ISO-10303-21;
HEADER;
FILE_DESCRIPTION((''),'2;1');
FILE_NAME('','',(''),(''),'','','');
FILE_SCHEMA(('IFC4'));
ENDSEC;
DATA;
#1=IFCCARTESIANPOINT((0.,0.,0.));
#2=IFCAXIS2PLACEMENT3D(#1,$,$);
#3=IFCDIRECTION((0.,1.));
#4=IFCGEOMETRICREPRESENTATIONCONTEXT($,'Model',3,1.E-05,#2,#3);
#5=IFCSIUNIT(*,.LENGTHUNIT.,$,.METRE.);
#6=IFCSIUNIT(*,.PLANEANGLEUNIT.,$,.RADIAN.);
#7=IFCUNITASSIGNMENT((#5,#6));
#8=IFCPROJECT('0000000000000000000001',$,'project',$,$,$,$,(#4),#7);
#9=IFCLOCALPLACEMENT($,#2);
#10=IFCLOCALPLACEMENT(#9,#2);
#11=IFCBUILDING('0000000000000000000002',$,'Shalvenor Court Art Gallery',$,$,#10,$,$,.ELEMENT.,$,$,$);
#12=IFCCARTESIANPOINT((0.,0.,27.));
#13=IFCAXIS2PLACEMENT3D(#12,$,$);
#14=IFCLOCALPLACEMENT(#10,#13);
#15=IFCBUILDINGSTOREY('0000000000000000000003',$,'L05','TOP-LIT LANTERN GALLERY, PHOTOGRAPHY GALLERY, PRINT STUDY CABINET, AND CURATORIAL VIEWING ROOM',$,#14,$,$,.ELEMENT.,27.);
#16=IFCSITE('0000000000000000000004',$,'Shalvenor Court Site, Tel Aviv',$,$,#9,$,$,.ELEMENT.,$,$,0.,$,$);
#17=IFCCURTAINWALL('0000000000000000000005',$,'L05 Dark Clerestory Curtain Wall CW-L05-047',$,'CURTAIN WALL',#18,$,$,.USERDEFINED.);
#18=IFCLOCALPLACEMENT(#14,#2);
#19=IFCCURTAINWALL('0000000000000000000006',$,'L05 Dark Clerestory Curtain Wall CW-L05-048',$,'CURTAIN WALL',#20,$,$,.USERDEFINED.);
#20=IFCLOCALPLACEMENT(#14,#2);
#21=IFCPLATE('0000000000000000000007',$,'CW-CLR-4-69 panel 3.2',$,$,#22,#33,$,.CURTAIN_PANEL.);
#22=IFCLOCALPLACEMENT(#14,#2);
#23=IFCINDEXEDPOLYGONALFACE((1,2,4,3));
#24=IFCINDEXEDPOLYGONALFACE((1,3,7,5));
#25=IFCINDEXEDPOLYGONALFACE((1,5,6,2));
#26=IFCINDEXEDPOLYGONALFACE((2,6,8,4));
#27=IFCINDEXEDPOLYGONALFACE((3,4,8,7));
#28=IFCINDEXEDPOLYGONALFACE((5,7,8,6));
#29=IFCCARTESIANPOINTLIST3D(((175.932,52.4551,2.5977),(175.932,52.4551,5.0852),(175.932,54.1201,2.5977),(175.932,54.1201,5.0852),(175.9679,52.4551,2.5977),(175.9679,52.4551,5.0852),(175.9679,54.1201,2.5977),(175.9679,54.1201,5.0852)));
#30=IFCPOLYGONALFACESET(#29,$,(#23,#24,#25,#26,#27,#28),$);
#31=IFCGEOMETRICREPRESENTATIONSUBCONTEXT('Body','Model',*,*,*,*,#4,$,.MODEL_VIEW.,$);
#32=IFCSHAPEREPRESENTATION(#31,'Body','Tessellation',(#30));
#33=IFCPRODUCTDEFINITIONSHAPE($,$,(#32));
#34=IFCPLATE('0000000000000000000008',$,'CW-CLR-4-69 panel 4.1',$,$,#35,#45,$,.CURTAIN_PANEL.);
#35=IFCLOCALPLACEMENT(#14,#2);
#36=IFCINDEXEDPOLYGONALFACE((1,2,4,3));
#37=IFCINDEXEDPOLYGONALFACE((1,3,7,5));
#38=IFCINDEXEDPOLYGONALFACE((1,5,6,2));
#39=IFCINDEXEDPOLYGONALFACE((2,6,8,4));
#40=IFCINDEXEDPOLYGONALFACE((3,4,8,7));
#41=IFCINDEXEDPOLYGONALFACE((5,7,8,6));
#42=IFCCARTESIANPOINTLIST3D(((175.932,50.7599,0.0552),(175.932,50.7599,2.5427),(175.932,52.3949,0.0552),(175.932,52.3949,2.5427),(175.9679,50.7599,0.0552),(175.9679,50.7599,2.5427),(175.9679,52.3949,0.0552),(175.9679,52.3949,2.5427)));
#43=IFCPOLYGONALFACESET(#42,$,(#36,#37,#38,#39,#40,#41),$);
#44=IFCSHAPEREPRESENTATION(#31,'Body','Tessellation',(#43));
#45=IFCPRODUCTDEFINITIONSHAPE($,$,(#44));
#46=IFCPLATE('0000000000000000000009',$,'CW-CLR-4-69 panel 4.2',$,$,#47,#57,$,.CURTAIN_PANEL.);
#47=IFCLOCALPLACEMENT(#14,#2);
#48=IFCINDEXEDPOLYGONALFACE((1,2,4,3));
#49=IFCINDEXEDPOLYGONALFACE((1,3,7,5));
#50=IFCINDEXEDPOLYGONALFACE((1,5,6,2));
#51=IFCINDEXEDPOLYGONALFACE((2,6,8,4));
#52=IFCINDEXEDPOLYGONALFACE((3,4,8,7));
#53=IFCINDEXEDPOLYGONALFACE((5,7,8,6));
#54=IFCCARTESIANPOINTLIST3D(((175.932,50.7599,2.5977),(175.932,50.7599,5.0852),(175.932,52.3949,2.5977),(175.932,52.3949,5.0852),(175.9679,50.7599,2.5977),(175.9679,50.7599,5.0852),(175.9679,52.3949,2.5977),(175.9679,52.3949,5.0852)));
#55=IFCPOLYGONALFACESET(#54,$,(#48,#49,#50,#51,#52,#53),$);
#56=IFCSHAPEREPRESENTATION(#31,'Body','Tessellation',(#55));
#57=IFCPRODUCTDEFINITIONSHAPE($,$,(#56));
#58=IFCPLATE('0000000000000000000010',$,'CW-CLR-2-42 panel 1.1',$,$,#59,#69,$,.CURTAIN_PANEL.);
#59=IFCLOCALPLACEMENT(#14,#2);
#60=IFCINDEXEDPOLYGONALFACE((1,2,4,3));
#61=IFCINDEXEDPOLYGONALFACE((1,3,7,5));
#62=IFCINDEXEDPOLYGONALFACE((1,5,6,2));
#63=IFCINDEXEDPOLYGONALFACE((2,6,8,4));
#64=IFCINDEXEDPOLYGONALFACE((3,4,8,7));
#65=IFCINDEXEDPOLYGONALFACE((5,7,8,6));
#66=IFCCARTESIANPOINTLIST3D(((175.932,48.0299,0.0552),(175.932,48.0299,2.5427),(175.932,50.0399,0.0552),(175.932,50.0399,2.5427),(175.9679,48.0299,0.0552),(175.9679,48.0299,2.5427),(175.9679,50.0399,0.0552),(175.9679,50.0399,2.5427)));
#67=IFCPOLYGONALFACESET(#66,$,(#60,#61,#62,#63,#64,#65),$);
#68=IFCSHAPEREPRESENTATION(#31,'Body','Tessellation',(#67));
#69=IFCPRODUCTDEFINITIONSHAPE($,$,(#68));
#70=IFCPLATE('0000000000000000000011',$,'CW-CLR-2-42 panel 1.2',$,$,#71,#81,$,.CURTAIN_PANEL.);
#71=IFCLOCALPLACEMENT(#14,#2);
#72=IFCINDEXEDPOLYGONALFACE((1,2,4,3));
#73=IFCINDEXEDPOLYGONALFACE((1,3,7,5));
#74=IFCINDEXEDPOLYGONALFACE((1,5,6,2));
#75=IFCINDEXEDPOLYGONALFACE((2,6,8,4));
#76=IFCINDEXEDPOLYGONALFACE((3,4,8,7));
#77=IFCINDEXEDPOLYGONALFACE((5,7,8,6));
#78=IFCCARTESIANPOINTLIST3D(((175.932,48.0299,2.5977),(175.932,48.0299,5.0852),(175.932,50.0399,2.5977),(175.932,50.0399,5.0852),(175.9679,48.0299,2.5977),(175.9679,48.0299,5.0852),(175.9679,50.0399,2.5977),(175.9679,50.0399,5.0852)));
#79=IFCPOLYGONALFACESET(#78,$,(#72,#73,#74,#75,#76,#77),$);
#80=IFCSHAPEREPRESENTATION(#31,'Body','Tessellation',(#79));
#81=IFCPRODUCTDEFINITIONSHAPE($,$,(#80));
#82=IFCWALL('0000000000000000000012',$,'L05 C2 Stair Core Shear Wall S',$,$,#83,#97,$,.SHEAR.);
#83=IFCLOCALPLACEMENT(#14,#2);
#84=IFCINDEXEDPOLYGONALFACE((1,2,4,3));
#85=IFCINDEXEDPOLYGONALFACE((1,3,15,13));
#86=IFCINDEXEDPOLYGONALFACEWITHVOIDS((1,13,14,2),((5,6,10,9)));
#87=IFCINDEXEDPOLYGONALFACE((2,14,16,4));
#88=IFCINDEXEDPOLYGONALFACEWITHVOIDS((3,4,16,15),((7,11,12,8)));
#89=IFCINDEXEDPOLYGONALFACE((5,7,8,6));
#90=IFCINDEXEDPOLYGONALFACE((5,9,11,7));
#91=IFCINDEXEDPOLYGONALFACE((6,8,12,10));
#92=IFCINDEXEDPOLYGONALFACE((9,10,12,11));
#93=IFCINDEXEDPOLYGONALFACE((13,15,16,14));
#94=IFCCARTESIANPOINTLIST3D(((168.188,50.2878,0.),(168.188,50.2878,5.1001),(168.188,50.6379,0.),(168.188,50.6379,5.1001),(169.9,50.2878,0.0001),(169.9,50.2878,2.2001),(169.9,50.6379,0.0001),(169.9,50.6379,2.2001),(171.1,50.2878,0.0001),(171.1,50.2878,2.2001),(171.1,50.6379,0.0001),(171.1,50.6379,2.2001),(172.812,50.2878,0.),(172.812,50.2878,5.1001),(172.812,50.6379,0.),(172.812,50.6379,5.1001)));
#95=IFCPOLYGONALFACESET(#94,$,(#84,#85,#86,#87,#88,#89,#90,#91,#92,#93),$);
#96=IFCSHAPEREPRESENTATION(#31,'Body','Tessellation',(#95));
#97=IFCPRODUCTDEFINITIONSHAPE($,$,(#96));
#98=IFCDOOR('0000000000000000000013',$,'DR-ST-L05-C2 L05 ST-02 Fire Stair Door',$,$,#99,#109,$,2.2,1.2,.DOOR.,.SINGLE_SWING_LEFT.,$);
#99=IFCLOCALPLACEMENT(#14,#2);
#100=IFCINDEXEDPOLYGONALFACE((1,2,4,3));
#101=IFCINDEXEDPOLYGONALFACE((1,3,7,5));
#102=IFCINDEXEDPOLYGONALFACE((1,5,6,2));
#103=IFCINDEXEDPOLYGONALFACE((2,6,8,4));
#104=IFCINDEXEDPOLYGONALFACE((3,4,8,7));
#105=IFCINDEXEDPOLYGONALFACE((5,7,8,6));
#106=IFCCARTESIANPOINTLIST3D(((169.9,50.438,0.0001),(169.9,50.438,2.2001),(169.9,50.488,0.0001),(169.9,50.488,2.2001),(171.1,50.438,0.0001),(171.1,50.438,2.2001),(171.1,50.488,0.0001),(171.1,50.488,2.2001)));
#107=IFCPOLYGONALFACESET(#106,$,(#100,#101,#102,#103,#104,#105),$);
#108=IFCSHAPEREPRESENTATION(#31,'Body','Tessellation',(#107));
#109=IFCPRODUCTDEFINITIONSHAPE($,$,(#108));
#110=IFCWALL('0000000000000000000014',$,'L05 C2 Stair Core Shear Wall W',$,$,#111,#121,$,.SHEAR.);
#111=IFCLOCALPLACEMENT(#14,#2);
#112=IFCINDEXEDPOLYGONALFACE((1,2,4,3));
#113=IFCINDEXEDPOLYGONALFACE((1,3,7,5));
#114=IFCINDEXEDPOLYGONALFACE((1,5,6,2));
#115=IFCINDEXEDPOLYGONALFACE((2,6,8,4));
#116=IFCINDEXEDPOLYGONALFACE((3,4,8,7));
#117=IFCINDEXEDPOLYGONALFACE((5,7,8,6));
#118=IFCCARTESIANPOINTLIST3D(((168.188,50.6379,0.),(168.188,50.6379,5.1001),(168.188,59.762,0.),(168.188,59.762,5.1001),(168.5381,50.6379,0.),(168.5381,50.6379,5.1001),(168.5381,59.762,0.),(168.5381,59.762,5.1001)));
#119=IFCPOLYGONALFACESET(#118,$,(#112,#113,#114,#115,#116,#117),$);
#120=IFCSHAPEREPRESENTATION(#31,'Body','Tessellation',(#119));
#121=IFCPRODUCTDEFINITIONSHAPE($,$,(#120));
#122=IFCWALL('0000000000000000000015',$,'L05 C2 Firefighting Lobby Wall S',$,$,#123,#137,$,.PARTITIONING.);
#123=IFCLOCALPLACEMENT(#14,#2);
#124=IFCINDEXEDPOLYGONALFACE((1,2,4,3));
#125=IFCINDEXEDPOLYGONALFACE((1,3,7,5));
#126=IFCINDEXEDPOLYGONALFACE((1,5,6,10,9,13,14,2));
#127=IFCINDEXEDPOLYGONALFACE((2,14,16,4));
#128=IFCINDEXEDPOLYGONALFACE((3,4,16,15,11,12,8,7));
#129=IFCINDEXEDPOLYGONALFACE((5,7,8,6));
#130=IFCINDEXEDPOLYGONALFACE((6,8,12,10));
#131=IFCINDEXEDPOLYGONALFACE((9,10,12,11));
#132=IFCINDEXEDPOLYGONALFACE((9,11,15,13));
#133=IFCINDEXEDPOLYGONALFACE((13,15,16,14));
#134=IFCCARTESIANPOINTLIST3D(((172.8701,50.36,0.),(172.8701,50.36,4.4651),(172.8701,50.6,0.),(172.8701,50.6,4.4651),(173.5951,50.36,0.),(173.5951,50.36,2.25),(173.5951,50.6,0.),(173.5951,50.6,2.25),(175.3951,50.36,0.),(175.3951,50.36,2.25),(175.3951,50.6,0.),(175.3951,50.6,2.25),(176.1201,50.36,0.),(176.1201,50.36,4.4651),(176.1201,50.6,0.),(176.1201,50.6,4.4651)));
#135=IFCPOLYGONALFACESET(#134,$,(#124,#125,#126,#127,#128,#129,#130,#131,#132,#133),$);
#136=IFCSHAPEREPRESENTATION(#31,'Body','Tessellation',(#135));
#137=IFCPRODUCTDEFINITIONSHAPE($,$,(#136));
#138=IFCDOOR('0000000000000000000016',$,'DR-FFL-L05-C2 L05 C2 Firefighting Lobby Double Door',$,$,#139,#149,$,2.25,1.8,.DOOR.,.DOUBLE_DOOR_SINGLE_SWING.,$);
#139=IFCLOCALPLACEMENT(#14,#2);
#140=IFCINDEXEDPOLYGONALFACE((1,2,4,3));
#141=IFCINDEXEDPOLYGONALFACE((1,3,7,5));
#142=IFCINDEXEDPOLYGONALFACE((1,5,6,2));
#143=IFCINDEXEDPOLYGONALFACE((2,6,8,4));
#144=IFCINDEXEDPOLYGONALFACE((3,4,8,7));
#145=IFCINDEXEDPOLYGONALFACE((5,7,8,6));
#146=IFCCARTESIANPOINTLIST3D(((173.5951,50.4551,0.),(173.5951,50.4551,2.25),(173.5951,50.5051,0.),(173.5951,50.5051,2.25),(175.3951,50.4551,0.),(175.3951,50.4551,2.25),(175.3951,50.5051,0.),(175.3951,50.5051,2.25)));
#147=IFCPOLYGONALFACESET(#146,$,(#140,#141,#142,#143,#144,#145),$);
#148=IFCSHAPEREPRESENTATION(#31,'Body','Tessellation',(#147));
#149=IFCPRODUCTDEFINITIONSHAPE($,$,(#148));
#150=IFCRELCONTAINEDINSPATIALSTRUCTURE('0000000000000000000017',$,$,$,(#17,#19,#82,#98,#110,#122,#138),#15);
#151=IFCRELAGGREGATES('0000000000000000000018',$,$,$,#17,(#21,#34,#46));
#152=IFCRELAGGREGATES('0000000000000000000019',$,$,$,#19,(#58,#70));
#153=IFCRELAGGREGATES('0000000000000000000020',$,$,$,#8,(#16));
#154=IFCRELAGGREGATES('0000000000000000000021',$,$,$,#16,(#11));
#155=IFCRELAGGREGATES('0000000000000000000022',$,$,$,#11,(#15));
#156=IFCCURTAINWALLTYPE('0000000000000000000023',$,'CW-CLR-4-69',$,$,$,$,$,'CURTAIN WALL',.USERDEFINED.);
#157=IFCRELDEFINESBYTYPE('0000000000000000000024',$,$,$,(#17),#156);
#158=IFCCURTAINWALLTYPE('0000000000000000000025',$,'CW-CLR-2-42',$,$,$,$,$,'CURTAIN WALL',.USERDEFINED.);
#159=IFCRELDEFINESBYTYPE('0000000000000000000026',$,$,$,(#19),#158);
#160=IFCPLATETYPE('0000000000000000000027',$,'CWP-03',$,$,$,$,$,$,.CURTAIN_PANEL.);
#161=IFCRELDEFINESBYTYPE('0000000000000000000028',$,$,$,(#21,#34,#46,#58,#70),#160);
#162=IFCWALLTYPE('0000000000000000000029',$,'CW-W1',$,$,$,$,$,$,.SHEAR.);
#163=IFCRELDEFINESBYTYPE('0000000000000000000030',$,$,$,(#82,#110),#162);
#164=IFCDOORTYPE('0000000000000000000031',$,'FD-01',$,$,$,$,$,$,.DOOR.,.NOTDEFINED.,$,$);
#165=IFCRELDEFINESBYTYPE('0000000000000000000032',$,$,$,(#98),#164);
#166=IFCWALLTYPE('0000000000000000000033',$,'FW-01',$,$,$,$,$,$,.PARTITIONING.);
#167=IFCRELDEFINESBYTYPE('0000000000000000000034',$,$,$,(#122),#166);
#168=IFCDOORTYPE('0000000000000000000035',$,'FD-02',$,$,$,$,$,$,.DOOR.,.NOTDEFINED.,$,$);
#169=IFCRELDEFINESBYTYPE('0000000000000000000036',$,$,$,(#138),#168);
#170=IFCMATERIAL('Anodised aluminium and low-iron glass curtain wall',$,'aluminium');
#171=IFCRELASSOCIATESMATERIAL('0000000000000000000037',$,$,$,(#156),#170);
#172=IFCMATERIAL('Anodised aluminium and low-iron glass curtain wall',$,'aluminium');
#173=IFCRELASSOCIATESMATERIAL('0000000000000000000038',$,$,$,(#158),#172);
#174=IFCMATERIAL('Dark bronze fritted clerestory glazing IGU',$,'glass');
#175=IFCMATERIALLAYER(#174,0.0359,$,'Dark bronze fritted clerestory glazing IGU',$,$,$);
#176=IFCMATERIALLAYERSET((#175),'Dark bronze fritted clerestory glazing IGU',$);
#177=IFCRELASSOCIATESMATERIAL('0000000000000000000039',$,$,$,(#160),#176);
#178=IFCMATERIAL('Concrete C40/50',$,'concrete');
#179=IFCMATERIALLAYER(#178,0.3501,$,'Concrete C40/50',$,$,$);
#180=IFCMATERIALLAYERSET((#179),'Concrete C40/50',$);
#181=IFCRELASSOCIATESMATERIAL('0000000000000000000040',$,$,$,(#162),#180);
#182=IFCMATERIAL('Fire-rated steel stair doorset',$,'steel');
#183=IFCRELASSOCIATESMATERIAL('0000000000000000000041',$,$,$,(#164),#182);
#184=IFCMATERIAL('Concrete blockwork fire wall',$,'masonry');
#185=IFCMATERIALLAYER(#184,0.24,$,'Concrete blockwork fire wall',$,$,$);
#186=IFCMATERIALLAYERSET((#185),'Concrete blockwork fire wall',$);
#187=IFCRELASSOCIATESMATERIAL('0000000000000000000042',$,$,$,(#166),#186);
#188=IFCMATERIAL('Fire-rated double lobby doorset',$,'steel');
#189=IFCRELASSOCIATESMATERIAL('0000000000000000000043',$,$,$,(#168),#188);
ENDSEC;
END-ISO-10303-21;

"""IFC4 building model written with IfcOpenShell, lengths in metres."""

from ifc_helpers import new_model, si_unit, direction, frame, frame_2d, origin, origin_2d, place, context, subcontext, project, spatial, rectangle, extrude, material, layer, layer_set, type_object, element, fill, aggregate, save


model = new_model("IFC4")

# Units and contexts
model_context = context("Model", 3, precision=1e-05, world=origin(), true_north=direction((0.0, 1.0)))
body_context = subcontext(model_context, "Body", "Model", "MODEL_VIEW")
ifc_project = project(units=[si_unit("LENGTHUNIT", "METRE"), si_unit("PLANEANGLEUNIT", "RADIAN")], contexts=[model_context])

# Site, building, storey
site_placement = place(None, origin())
site = spatial("IfcSite", under=ifc_project, at=site_placement, Name="Shalvenor Court Site, Tel Aviv", CompositionType="ELEMENT", RefElevation=0.0)
building_placement = place(site_placement, origin())
building = spatial("IfcBuilding", under=site, at=building_placement, Name="Shalvenor Court Art Gallery", CompositionType="ELEMENT")
storey_placement = place(building_placement, frame((0.0, 0.0, 27.0)))
storey = spatial("IfcBuildingStorey", under=building, at=storey_placement, Name="L05", Description="TOP-LIT LANTERN GALLERY, PHOTOGRAPHY GALLERY, PRINT STUDY CABINET, AND CURATORIAL VIEWING ROOM", CompositionType="ELEMENT", Elevation=27.0)

# Curtain walls
ifc_material_1 = material(Name="Anodised aluminium and low-iron glass curtain wall", Category="aluminium")
curtain_wall_type_1 = type_object("IfcCurtainWallType", Name="CW-CLR-4-69", ElementType="CURTAIN WALL", PredefinedType="USERDEFINED", material=ifc_material_1)
curtain_wall_1_placement = place(storey_placement, origin())
curtain_wall_1 = element("IfcCurtainWall", 1, at=curtain_wall_1_placement, inside=storey, type_object=curtain_wall_type_1, Name="L05 Dark Clerestory Curtain Wall CW-L05-047", ObjectType="CURTAIN WALL", PredefinedType="USERDEFINED")
ifc_material_2 = material(Name="Anodised aluminium and low-iron glass curtain wall", Category="aluminium")
curtain_wall_type_2 = type_object("IfcCurtainWallType", Name="CW-CLR-2-42", ElementType="CURTAIN WALL", PredefinedType="USERDEFINED", material=ifc_material_2)
curtain_wall_2_placement = place(storey_placement, origin())
curtain_wall_2 = element("IfcCurtainWall", 2, at=curtain_wall_2_placement, inside=storey, type_object=curtain_wall_type_2, Name="L05 Dark Clerestory Curtain Wall CW-L05-048", ObjectType="CURTAIN WALL", PredefinedType="USERDEFINED")

# Plates
ifc_material_3 = material(Name="Dark bronze fritted clerestory glazing IGU", Category="glass")
ifc_layer_1 = layer(ifc_material_3, 0.0359, Name="Dark bronze fritted clerestory glazing IGU")
ifc_layer_set_1 = layer_set([ifc_layer_1], Name="Dark bronze fritted clerestory glazing IGU")
plate_type = type_object("IfcPlateType", Name="CWP-03", PredefinedType="CURTAIN_PANEL", material=ifc_layer_set_1)
plate_1_placement = place(storey_placement, frame((175.95, 53.2876, 2.5977), z_axis=(0.0, 0.0, 1.0), x_axis=(0.0, -1.0, 0.0)))
plate_1 = element("IfcPlate", 3, at=plate_1_placement, type_object=plate_type, Name="CW-CLR-4-69 panel 3.2", PredefinedType="CURTAIN_PANEL", context=body_context, shape_type="SweptSolid", body=[
    extrude(rectangle(XDim=1.665, YDim=0.0359, at=origin_2d()), origin(), (0.0, 0.0, 1.0), 2.4875),
])
plate_2_placement = place(storey_placement, frame((175.95, 51.5774, 0.0552), z_axis=(0.0, 0.0, 1.0), x_axis=(0.0, -1.0, 0.0)))
plate_2 = element("IfcPlate", 4, at=plate_2_placement, type_object=plate_type, Name="CW-CLR-4-69 panel 4.1", PredefinedType="CURTAIN_PANEL", context=body_context, shape_type="SweptSolid", body=[
    extrude(rectangle(XDim=1.635, YDim=0.0359, at=origin_2d()), origin(), (0.0, 0.0, 1.0), 2.4875),
])
plate_3_placement = place(storey_placement, frame((175.95, 51.5774, 2.5977), z_axis=(0.0, 0.0, 1.0), x_axis=(0.0, -1.0, 0.0)))
plate_3 = element("IfcPlate", 5, at=plate_3_placement, type_object=plate_type, Name="CW-CLR-4-69 panel 4.2", PredefinedType="CURTAIN_PANEL", context=body_context, shape_type="SweptSolid", body=[
    extrude(rectangle(XDim=1.635, YDim=0.0359, at=origin_2d()), origin(), (0.0, 0.0, 1.0), 2.4875),
])
aggregate(curtain_wall_1, [plate_1, plate_2, plate_3])
plate_4_placement = place(storey_placement, frame((175.95, 49.0349, 0.0552), z_axis=(0.0, 0.0, 1.0), x_axis=(0.0, -1.0, 0.0)))
plate_4 = element("IfcPlate", 6, at=plate_4_placement, type_object=plate_type, Name="CW-CLR-2-42 panel 1.1", PredefinedType="CURTAIN_PANEL", context=body_context, shape_type="SweptSolid", body=[
    extrude(rectangle(XDim=2.01, YDim=0.0359, at=origin_2d()), origin(), (0.0, 0.0, 1.0), 2.4875),
])
plate_5_placement = place(storey_placement, frame((175.95, 49.0349, 2.5977), z_axis=(0.0, 0.0, 1.0), x_axis=(0.0, -1.0, 0.0)))
plate_5 = element("IfcPlate", 7, at=plate_5_placement, type_object=plate_type, Name="CW-CLR-2-42 panel 1.2", PredefinedType="CURTAIN_PANEL", context=body_context, shape_type="SweptSolid", body=[
    extrude(rectangle(XDim=2.01, YDim=0.0359, at=origin_2d()), origin(), (0.0, 0.0, 1.0), 2.4875),
])
aggregate(curtain_wall_2, [plate_4, plate_5])

# Wall, opening, door
ifc_material_4 = material(Name="Concrete C40/50", Category="concrete")
ifc_layer_2 = layer(ifc_material_4, 0.3501, Name="Concrete C40/50")
ifc_layer_set_2 = layer_set([ifc_layer_2], Name="Concrete C40/50")
wall_type_1 = type_object("IfcWallType", Name="CW-W1", PredefinedType="SHEAR", material=ifc_layer_set_2)
wall_1_placement = place(storey_placement, frame((172.812, 50.4629, 0.0), z_axis=(0.0, 0.0, 1.0), x_axis=(-1.0, 0.0, 0.0)))
wall_1 = element("IfcWall", 8, at=wall_1_placement, inside=storey, type_object=wall_type_1, Name="L05 C2 Stair Core Shear Wall S", PredefinedType="SHEAR", context=body_context, shape_type="SweptSolid", body=[
    extrude(rectangle(XDim=4.624, YDim=0.3501, at=frame_2d((2.312, 0.0))), origin(), (0.0, 0.0, 1.0), 5.1001),
])
opening_1_placement = place(wall_1_placement, frame((1.7119, 0.0, 0.0)))
opening_1 = element("IfcOpeningElement", 9, at=opening_1_placement, cuts=wall_1, PredefinedType="OPENING", context=body_context, shape_type="SweptSolid", body=[
    extrude(rectangle(XDim=1.2, YDim=2.2, at=frame_2d((0.6001, 1.1001))), frame((0.0, 0.1851, 0.0), z_axis=(0.0, -1.0, 0.0), x_axis=(1.0, 0.0, 0.0)), (0.0, 0.0, 1.0), 0.3701),
])
ifc_material_5 = material(Name="Fire-rated steel stair doorset", Category="steel")
door_type_1 = type_object("IfcDoorType", Name="FD-01", OperationType="NOTDEFINED", PredefinedType="DOOR", material=ifc_material_5)
door_1_placement = place(opening_1_placement, origin())
door_1 = element("IfcDoor", 10, at=door_1_placement, inside=storey, type_object=door_type_1, Name="DR-ST-L05-C2 L05 ST-02 Fire Stair Door", OperationType="SINGLE_SWING_LEFT", OverallHeight=2.2, OverallWidth=1.2, PredefinedType="DOOR", context=body_context, shape_type="SweptSolid", body=[
    extrude(rectangle(XDim=1.2, YDim=2.2, at=frame_2d((0.6001, 1.1001))), frame((0.0, 0.0249, 0.0), z_axis=(0.0, -1.0, 0.0), x_axis=(1.0, 0.0, 0.0)), (0.0, 0.0, 1.0), 0.05),
])
fill(opening_1, door_1)

# Wall
wall_2_placement = place(storey_placement, frame((168.363, 50.6379, 0.0), z_axis=(0.0, 0.0, 1.0), x_axis=(0.0, 1.0, 0.0)))
element("IfcWall", 11, at=wall_2_placement, inside=storey, type_object=wall_type_1, Name="L05 C2 Stair Core Shear Wall W", PredefinedType="SHEAR", context=body_context, shape_type="SweptSolid", body=[
    extrude(rectangle(XDim=9.124, YDim=0.3501, at=frame_2d((4.562, 0.0))), origin(), (0.0, 0.0, 1.0), 5.1001),
])

# Wall, opening, door
ifc_material_6 = material(Name="Concrete blockwork fire wall", Category="masonry")
ifc_layer_3 = layer(ifc_material_6, 0.24, Name="Concrete blockwork fire wall")
ifc_layer_set_3 = layer_set([ifc_layer_3], Name="Concrete blockwork fire wall")
wall_type_2 = type_object("IfcWallType", Name="FW-01", PredefinedType="PARTITIONING", material=ifc_layer_set_3)
wall_3_placement = place(storey_placement, frame((176.1201, 50.48, 0.0), z_axis=(0.0, 0.0, 1.0), x_axis=(-1.0, 0.0, 0.0)))
wall_3 = element("IfcWall", 12, at=wall_3_placement, inside=storey, type_object=wall_type_2, Name="L05 C2 Firefighting Lobby Wall S", PredefinedType="PARTITIONING", context=body_context, shape_type="SweptSolid", body=[
    extrude(rectangle(XDim=3.25, YDim=0.24, at=frame_2d((1.625, 0.0))), origin(), (0.0, 0.0, 1.0), 4.4651),
])
opening_2_placement = place(wall_3_placement, frame((0.7251, 0.0, 0.0)))
opening_2 = element("IfcOpeningElement", 13, at=opening_2_placement, cuts=wall_3, PredefinedType="OPENING", context=body_context, shape_type="SweptSolid", body=[
    extrude(rectangle(XDim=1.8, YDim=2.25, at=frame_2d((0.8999, 1.125))), frame((0.0, 0.1299, 0.0), z_axis=(0.0, -1.0, 0.0), x_axis=(1.0, 0.0, 0.0)), (0.0, 0.0, 1.0), 0.26),
])
ifc_material_7 = material(Name="Fire-rated double lobby doorset", Category="steel")
door_type_2 = type_object("IfcDoorType", Name="FD-02", OperationType="NOTDEFINED", PredefinedType="DOOR", material=ifc_material_7)
door_2_placement = place(opening_2_placement, origin())
door_2 = element("IfcDoor", 14, at=door_2_placement, inside=storey, type_object=door_type_2, Name="DR-FFL-L05-C2 L05 C2 Firefighting Lobby Double Door", OperationType="DOUBLE_DOOR_SINGLE_SWING", OverallHeight=2.25, OverallWidth=1.8, PredefinedType="DOOR", context=body_context, shape_type="SweptSolid", body=[
    extrude(rectangle(XDim=1.8, YDim=2.25, at=frame_2d((0.8999, 1.125))), frame((0.0, 0.0249, 0.0), z_axis=(0.0, -1.0, 0.0), x_axis=(1.0, 0.0, 0.0)), (0.0, 0.0, 1.0), 0.05),
])
fill(opening_2, door_2)

save(model, "model.ifc")
